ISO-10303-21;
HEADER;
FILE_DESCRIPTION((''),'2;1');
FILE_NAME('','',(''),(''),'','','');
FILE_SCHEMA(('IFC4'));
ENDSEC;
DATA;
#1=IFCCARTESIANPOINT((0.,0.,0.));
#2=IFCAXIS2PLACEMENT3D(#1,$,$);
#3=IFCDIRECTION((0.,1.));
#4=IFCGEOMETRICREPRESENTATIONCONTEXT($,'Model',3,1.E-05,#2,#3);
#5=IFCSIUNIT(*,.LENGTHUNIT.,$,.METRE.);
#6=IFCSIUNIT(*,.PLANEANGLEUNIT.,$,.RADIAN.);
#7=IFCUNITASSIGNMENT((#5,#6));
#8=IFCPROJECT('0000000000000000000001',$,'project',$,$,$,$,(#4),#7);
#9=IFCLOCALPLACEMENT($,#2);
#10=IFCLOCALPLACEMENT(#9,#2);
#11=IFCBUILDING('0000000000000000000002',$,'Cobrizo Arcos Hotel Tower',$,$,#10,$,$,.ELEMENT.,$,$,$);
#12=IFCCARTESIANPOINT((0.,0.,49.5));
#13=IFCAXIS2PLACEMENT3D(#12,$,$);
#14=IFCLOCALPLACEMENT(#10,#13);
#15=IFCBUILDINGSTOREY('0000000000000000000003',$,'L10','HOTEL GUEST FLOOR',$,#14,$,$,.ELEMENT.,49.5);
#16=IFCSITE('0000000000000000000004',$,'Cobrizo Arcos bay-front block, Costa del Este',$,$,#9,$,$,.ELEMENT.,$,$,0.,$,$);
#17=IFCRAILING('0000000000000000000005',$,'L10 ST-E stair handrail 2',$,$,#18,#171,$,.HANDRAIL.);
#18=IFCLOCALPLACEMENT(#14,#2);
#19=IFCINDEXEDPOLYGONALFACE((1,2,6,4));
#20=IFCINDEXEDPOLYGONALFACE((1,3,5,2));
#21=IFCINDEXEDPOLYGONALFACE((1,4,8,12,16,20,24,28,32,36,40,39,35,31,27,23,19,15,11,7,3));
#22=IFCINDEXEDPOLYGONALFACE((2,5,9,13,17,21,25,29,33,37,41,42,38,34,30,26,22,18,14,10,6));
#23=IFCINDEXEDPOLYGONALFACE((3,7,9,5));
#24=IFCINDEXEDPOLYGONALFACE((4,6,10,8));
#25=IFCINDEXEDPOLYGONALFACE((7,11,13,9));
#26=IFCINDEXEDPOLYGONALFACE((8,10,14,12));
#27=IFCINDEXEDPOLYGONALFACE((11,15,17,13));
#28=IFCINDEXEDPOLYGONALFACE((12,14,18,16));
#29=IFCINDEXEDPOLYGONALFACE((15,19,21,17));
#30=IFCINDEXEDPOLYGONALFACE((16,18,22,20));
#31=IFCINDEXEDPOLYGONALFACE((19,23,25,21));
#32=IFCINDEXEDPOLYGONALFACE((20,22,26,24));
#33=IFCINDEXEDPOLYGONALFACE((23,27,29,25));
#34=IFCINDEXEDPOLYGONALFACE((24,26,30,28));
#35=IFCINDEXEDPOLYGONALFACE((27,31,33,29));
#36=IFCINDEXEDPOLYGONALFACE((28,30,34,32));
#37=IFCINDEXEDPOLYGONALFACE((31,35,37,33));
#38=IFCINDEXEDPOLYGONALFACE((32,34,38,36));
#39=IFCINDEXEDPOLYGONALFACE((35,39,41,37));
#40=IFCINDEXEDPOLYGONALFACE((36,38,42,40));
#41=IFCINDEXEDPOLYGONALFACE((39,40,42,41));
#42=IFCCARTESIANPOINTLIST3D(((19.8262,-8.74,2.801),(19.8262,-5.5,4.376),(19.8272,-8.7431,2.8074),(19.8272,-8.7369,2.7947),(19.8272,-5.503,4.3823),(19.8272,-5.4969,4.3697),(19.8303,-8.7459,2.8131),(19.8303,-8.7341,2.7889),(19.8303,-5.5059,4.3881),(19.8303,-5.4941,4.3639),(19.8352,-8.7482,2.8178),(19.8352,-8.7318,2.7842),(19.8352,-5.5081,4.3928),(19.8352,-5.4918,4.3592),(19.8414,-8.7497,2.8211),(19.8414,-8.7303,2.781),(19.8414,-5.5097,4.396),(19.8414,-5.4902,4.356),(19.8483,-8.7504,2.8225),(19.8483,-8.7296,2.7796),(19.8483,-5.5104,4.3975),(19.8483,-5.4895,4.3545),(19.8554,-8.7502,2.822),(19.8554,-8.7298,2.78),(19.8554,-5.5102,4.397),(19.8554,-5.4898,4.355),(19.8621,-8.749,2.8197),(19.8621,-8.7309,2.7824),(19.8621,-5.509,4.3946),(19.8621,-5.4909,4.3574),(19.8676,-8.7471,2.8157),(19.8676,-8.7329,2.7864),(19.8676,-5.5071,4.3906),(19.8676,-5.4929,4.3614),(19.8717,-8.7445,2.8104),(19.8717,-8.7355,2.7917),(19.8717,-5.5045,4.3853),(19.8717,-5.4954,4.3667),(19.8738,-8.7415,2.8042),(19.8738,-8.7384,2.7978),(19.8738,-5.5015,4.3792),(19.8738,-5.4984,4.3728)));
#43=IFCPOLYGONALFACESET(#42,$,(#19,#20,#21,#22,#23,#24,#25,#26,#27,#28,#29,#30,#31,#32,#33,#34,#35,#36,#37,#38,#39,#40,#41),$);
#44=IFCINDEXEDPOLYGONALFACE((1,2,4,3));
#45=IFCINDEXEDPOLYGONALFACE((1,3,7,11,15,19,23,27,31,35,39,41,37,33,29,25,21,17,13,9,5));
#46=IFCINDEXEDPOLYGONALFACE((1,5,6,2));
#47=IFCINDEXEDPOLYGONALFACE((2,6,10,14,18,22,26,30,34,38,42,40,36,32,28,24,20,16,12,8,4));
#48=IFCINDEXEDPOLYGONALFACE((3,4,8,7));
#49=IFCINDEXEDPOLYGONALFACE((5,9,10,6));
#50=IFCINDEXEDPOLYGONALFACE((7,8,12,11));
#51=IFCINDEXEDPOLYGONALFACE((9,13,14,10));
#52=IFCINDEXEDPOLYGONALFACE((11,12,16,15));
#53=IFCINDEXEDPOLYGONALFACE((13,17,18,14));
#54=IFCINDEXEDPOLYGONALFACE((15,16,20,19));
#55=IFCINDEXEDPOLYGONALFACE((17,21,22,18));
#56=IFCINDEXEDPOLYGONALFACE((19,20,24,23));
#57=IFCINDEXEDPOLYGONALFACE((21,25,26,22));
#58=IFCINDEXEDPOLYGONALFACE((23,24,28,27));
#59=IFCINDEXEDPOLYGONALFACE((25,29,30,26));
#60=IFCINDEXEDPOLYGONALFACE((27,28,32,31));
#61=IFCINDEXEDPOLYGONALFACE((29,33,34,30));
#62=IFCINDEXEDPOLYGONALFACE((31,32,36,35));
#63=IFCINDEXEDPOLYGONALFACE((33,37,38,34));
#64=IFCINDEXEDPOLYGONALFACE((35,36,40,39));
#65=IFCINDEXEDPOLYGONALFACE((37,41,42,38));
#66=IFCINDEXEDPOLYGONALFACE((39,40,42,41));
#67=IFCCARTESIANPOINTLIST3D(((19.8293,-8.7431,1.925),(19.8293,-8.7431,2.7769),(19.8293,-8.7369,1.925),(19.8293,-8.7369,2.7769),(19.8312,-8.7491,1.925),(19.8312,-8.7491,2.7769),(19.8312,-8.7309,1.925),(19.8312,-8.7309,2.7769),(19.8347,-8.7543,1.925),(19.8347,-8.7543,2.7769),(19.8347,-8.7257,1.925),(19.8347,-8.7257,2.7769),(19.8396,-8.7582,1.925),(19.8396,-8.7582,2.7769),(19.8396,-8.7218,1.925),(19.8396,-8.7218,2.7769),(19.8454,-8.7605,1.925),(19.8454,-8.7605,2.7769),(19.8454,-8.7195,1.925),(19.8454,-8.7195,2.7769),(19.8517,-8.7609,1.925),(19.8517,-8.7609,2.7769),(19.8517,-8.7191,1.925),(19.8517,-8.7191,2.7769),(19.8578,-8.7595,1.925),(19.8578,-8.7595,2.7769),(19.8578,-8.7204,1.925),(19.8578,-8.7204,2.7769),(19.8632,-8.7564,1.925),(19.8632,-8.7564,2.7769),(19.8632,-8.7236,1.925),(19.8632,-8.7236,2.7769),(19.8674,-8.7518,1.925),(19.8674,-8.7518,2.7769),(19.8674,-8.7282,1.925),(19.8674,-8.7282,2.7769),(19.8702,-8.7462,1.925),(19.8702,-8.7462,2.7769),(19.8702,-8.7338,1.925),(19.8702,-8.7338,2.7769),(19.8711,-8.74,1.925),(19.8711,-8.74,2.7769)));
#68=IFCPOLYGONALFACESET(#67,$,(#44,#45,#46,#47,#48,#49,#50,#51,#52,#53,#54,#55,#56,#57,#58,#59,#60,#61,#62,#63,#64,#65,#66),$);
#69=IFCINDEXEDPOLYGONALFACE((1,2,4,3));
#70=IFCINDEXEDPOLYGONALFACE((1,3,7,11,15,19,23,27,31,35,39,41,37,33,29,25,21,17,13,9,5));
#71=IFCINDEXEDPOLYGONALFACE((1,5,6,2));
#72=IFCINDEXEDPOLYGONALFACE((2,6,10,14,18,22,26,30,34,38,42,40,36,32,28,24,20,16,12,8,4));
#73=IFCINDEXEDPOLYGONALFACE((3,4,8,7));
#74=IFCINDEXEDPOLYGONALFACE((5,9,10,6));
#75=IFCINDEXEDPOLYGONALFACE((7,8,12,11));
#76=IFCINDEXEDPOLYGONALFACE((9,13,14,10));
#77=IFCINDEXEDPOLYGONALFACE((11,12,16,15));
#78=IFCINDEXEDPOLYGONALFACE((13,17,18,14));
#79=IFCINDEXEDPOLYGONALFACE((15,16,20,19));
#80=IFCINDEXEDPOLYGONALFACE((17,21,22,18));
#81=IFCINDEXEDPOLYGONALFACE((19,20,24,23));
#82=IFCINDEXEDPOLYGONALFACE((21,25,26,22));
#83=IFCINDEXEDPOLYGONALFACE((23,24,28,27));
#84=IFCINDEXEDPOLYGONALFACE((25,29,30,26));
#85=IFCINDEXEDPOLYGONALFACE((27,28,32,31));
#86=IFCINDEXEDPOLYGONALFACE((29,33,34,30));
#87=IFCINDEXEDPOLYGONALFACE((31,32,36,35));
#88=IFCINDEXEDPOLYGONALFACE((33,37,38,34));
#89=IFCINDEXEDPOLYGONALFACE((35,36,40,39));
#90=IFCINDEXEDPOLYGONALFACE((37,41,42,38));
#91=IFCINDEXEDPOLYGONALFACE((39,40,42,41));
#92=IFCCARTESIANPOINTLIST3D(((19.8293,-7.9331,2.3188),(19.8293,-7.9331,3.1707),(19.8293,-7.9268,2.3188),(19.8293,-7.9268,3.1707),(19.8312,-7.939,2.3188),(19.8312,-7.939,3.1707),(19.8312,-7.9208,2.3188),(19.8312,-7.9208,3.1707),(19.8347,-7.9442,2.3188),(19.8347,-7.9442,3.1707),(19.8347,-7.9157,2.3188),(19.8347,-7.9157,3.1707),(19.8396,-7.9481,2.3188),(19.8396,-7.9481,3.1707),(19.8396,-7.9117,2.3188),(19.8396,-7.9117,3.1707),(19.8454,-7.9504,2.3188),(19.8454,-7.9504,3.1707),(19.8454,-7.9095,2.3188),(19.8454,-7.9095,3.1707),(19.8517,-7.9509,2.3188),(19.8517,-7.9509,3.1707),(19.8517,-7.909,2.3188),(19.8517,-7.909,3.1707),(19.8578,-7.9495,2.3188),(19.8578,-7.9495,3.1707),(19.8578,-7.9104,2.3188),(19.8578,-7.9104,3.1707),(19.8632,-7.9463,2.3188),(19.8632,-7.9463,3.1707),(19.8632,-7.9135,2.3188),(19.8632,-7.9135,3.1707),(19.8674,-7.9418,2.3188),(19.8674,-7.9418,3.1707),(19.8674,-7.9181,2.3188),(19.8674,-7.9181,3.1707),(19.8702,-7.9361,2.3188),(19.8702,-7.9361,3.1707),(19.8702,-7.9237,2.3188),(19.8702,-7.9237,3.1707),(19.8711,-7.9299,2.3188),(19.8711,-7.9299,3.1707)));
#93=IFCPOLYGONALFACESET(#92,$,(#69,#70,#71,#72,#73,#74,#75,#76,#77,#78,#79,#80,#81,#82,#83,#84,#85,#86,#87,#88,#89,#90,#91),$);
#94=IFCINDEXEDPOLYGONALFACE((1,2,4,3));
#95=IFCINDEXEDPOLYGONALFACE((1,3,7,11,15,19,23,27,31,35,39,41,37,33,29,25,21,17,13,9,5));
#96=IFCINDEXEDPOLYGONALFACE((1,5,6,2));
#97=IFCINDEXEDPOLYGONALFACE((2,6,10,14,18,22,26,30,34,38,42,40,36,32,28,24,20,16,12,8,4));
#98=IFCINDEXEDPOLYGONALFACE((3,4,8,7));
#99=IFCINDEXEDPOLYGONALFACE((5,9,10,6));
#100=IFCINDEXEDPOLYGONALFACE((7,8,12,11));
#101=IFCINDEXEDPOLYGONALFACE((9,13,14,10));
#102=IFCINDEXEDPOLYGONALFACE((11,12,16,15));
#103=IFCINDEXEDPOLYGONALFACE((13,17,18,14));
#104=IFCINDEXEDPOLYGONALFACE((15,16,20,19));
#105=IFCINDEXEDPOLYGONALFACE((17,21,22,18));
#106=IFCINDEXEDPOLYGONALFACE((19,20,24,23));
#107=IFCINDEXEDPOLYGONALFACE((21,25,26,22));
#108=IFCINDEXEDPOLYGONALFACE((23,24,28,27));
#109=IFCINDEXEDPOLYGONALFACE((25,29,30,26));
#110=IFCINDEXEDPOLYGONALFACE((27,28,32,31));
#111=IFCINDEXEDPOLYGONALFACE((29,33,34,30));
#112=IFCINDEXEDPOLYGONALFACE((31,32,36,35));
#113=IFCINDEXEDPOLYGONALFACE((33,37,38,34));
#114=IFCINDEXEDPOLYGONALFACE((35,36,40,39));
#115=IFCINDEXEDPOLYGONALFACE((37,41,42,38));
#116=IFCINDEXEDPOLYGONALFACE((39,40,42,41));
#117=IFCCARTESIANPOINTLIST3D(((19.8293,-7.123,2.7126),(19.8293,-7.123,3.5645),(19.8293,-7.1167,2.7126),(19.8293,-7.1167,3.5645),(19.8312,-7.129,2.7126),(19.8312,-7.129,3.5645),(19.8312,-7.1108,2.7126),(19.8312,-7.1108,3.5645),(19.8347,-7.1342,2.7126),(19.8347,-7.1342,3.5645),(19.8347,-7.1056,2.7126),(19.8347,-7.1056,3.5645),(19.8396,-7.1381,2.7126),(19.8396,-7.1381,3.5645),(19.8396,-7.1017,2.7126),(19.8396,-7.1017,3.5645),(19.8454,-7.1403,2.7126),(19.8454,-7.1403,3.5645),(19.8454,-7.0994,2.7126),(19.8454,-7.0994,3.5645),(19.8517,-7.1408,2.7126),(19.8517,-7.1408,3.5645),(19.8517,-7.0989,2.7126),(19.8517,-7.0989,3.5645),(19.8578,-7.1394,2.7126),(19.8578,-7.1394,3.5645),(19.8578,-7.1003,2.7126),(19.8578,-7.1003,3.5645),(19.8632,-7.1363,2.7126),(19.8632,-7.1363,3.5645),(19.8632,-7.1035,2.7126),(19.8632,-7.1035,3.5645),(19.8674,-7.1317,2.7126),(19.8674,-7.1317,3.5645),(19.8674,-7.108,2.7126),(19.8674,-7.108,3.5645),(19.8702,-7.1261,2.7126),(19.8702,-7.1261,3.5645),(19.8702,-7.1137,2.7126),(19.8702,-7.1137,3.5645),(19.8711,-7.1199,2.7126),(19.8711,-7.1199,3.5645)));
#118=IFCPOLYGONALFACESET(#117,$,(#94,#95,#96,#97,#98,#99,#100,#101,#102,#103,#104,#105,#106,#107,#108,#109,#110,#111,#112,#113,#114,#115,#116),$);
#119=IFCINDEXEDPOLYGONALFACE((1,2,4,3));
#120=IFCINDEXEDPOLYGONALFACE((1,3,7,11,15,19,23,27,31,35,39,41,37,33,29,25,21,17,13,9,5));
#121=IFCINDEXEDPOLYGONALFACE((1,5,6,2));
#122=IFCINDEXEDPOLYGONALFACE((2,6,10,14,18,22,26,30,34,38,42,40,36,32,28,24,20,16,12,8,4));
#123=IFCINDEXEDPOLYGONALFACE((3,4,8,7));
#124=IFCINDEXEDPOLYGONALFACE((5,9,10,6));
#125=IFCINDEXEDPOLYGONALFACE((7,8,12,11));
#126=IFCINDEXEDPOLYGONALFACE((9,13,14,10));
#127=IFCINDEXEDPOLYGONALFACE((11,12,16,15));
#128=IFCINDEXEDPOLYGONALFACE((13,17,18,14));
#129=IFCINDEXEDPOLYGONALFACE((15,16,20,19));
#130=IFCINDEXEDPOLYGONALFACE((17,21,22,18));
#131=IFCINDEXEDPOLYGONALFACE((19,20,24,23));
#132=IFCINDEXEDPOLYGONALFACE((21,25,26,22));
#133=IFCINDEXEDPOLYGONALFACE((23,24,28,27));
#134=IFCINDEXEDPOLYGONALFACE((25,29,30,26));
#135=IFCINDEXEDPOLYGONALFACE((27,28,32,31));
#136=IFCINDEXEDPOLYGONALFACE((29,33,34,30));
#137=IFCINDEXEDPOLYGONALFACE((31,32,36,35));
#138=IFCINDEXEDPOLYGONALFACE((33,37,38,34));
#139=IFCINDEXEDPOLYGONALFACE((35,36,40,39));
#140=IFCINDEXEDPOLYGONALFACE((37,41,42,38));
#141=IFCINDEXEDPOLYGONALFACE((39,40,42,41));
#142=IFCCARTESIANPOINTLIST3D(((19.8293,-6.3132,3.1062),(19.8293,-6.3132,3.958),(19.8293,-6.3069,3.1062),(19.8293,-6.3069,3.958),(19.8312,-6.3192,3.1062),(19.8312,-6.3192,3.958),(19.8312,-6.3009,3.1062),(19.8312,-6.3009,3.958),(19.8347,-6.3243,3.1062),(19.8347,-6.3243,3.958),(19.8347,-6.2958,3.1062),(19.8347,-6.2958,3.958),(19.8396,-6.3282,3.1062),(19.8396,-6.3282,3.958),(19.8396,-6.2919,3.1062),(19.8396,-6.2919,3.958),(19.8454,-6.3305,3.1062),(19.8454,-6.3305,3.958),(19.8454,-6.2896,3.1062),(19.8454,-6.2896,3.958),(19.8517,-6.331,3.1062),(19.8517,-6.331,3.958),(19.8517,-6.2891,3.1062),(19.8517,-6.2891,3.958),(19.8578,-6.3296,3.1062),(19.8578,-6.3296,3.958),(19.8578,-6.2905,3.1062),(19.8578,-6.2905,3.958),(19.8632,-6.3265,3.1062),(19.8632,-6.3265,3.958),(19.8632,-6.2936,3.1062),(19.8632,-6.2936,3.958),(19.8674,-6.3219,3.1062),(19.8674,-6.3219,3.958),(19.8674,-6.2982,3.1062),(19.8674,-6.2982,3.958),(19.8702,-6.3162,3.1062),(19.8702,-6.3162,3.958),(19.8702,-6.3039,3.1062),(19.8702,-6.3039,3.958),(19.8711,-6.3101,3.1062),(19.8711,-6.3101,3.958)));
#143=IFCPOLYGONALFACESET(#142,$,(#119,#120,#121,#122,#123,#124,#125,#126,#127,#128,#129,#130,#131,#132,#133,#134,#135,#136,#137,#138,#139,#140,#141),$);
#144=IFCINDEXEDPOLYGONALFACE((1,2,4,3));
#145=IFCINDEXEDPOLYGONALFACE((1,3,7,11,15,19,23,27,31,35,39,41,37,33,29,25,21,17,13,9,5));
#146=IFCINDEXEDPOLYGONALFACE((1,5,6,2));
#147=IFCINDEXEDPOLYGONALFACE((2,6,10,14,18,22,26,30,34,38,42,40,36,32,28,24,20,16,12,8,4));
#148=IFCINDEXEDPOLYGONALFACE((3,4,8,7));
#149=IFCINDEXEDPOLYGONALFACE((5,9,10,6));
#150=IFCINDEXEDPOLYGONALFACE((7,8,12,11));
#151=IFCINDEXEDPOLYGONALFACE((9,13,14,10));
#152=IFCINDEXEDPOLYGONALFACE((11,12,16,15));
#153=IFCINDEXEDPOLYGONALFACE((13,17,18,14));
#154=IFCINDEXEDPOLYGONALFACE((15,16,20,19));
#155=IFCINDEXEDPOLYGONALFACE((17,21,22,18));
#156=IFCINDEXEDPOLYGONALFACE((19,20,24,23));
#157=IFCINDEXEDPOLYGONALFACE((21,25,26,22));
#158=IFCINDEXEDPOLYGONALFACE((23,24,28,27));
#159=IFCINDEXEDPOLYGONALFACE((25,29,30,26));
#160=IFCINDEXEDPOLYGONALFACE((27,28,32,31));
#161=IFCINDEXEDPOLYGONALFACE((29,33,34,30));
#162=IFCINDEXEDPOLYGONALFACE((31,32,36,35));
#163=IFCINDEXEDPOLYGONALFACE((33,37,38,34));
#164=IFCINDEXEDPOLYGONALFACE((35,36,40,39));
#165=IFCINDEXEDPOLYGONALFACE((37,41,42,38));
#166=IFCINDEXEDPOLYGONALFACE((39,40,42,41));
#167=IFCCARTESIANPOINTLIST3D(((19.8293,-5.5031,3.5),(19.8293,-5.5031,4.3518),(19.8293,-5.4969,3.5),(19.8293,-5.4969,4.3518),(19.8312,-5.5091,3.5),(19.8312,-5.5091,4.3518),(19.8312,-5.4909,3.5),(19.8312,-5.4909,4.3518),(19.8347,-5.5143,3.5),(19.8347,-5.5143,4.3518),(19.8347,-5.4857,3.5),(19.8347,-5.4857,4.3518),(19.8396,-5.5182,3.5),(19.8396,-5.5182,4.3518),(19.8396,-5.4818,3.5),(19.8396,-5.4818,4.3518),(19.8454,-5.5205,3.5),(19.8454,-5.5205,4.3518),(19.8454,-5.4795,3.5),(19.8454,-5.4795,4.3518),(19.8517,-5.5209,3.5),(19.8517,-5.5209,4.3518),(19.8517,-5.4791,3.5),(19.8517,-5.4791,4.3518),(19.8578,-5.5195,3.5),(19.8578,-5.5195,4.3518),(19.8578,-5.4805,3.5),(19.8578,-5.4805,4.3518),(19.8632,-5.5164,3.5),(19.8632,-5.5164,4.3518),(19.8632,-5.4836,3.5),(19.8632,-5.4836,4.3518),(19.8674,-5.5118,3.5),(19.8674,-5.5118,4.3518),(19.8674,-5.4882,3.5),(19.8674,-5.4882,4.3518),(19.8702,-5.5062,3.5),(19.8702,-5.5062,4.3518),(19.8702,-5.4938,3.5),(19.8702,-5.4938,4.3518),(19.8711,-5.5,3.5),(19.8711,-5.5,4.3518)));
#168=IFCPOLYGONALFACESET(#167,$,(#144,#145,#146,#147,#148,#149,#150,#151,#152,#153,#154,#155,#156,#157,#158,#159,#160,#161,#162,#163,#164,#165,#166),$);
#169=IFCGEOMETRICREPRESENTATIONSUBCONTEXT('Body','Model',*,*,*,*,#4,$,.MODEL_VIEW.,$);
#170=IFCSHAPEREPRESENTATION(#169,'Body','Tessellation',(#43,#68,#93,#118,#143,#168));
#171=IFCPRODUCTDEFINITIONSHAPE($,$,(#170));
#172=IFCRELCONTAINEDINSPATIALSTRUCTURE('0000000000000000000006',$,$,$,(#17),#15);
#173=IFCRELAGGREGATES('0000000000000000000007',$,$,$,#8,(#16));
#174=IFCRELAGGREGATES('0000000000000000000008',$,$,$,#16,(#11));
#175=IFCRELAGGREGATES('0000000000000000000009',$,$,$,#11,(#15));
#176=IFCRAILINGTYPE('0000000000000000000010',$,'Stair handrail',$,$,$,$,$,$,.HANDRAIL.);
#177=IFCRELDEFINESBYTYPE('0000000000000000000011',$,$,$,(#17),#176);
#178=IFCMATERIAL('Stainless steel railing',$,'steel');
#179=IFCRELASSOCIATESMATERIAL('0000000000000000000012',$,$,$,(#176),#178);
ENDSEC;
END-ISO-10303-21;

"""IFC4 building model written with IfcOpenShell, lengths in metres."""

from ifc_helpers import new_model, si_unit, direction, frame, origin, origin_2d, place, context, subcontext, project, spatial, circle, extrude, material, type_object, element, save


model = new_model("IFC4")

# Units and contexts
model_context = context("Model", 3, precision=1e-05, world=origin(), true_north=direction((0.0, 1.0)))
body_context = subcontext(model_context, "Body", "Model", "MODEL_VIEW")
ifc_project = project(units=[si_unit("LENGTHUNIT", "METRE"), si_unit("PLANEANGLEUNIT", "RADIAN")], contexts=[model_context])

# Site, building, storey
site_placement = place(None, origin())
site = spatial("IfcSite", under=ifc_project, at=site_placement, Name="Cobrizo Arcos bay-front block, Costa del Este", CompositionType="ELEMENT", RefElevation=0.0)
building_placement = place(site_placement, origin())
building = spatial("IfcBuilding", under=site, at=building_placement, Name="Cobrizo Arcos Hotel Tower", CompositionType="ELEMENT")
storey_placement = place(building_placement, frame((0.0, 0.0, 49.5)))
storey = spatial("IfcBuildingStorey", under=building, at=storey_placement, Name="L10", Description="HOTEL GUEST FLOOR", CompositionType="ELEMENT", Elevation=49.5)

# Railing
ifc_material_1 = material(Name="Stainless steel railing", Category="steel")
railing_type_1 = type_object("IfcRailingType", Name="Stair handrail", PredefinedType="HANDRAIL", material=ifc_material_1)
railing_1_placement = place(storey_placement, frame((19.8501, -8.74, 1.925)))
element("IfcRailing", 1, at=railing_1_placement, inside=storey, type_object=railing_type_1, Name="L10 ST-E stair handrail 2", PredefinedType="HANDRAIL", context=body_context, shape_type="SweptSolid", body=[
    extrude(circle(Radius=0.0239, at=origin_2d()), frame((0.0, 0.0, 0.876), z_axis=(0.0, 0.899373, 0.437183), x_axis=(-1.0, 0.0, 0.0)), (0.0, 0.0, 1.0), 3.6025),
    extrude(circle(Radius=0.021, at=origin_2d()), origin(), (0.0, 0.0, 1.0), 0.8518),
    extrude(circle(Radius=0.021, at=origin_2d()), frame((0.0, 0.8101, 0.3938)), (0.0, 0.0, 1.0), 0.8518),
    extrude(circle(Radius=0.021, at=origin_2d()), frame((0.0, 1.6201, 0.7876)), (0.0, 0.0, 1.0), 0.8518),
    extrude(circle(Radius=0.021, at=origin_2d()), frame((0.0, 2.4299, 1.1812)), (0.0, 0.0, 1.0), 0.8518),
    extrude(circle(Radius=0.021, at=origin_2d()), frame((0.0, 3.24, 1.575)), (0.0, 0.0, 1.0), 0.8518),
])

save(model, "model.ifc")
